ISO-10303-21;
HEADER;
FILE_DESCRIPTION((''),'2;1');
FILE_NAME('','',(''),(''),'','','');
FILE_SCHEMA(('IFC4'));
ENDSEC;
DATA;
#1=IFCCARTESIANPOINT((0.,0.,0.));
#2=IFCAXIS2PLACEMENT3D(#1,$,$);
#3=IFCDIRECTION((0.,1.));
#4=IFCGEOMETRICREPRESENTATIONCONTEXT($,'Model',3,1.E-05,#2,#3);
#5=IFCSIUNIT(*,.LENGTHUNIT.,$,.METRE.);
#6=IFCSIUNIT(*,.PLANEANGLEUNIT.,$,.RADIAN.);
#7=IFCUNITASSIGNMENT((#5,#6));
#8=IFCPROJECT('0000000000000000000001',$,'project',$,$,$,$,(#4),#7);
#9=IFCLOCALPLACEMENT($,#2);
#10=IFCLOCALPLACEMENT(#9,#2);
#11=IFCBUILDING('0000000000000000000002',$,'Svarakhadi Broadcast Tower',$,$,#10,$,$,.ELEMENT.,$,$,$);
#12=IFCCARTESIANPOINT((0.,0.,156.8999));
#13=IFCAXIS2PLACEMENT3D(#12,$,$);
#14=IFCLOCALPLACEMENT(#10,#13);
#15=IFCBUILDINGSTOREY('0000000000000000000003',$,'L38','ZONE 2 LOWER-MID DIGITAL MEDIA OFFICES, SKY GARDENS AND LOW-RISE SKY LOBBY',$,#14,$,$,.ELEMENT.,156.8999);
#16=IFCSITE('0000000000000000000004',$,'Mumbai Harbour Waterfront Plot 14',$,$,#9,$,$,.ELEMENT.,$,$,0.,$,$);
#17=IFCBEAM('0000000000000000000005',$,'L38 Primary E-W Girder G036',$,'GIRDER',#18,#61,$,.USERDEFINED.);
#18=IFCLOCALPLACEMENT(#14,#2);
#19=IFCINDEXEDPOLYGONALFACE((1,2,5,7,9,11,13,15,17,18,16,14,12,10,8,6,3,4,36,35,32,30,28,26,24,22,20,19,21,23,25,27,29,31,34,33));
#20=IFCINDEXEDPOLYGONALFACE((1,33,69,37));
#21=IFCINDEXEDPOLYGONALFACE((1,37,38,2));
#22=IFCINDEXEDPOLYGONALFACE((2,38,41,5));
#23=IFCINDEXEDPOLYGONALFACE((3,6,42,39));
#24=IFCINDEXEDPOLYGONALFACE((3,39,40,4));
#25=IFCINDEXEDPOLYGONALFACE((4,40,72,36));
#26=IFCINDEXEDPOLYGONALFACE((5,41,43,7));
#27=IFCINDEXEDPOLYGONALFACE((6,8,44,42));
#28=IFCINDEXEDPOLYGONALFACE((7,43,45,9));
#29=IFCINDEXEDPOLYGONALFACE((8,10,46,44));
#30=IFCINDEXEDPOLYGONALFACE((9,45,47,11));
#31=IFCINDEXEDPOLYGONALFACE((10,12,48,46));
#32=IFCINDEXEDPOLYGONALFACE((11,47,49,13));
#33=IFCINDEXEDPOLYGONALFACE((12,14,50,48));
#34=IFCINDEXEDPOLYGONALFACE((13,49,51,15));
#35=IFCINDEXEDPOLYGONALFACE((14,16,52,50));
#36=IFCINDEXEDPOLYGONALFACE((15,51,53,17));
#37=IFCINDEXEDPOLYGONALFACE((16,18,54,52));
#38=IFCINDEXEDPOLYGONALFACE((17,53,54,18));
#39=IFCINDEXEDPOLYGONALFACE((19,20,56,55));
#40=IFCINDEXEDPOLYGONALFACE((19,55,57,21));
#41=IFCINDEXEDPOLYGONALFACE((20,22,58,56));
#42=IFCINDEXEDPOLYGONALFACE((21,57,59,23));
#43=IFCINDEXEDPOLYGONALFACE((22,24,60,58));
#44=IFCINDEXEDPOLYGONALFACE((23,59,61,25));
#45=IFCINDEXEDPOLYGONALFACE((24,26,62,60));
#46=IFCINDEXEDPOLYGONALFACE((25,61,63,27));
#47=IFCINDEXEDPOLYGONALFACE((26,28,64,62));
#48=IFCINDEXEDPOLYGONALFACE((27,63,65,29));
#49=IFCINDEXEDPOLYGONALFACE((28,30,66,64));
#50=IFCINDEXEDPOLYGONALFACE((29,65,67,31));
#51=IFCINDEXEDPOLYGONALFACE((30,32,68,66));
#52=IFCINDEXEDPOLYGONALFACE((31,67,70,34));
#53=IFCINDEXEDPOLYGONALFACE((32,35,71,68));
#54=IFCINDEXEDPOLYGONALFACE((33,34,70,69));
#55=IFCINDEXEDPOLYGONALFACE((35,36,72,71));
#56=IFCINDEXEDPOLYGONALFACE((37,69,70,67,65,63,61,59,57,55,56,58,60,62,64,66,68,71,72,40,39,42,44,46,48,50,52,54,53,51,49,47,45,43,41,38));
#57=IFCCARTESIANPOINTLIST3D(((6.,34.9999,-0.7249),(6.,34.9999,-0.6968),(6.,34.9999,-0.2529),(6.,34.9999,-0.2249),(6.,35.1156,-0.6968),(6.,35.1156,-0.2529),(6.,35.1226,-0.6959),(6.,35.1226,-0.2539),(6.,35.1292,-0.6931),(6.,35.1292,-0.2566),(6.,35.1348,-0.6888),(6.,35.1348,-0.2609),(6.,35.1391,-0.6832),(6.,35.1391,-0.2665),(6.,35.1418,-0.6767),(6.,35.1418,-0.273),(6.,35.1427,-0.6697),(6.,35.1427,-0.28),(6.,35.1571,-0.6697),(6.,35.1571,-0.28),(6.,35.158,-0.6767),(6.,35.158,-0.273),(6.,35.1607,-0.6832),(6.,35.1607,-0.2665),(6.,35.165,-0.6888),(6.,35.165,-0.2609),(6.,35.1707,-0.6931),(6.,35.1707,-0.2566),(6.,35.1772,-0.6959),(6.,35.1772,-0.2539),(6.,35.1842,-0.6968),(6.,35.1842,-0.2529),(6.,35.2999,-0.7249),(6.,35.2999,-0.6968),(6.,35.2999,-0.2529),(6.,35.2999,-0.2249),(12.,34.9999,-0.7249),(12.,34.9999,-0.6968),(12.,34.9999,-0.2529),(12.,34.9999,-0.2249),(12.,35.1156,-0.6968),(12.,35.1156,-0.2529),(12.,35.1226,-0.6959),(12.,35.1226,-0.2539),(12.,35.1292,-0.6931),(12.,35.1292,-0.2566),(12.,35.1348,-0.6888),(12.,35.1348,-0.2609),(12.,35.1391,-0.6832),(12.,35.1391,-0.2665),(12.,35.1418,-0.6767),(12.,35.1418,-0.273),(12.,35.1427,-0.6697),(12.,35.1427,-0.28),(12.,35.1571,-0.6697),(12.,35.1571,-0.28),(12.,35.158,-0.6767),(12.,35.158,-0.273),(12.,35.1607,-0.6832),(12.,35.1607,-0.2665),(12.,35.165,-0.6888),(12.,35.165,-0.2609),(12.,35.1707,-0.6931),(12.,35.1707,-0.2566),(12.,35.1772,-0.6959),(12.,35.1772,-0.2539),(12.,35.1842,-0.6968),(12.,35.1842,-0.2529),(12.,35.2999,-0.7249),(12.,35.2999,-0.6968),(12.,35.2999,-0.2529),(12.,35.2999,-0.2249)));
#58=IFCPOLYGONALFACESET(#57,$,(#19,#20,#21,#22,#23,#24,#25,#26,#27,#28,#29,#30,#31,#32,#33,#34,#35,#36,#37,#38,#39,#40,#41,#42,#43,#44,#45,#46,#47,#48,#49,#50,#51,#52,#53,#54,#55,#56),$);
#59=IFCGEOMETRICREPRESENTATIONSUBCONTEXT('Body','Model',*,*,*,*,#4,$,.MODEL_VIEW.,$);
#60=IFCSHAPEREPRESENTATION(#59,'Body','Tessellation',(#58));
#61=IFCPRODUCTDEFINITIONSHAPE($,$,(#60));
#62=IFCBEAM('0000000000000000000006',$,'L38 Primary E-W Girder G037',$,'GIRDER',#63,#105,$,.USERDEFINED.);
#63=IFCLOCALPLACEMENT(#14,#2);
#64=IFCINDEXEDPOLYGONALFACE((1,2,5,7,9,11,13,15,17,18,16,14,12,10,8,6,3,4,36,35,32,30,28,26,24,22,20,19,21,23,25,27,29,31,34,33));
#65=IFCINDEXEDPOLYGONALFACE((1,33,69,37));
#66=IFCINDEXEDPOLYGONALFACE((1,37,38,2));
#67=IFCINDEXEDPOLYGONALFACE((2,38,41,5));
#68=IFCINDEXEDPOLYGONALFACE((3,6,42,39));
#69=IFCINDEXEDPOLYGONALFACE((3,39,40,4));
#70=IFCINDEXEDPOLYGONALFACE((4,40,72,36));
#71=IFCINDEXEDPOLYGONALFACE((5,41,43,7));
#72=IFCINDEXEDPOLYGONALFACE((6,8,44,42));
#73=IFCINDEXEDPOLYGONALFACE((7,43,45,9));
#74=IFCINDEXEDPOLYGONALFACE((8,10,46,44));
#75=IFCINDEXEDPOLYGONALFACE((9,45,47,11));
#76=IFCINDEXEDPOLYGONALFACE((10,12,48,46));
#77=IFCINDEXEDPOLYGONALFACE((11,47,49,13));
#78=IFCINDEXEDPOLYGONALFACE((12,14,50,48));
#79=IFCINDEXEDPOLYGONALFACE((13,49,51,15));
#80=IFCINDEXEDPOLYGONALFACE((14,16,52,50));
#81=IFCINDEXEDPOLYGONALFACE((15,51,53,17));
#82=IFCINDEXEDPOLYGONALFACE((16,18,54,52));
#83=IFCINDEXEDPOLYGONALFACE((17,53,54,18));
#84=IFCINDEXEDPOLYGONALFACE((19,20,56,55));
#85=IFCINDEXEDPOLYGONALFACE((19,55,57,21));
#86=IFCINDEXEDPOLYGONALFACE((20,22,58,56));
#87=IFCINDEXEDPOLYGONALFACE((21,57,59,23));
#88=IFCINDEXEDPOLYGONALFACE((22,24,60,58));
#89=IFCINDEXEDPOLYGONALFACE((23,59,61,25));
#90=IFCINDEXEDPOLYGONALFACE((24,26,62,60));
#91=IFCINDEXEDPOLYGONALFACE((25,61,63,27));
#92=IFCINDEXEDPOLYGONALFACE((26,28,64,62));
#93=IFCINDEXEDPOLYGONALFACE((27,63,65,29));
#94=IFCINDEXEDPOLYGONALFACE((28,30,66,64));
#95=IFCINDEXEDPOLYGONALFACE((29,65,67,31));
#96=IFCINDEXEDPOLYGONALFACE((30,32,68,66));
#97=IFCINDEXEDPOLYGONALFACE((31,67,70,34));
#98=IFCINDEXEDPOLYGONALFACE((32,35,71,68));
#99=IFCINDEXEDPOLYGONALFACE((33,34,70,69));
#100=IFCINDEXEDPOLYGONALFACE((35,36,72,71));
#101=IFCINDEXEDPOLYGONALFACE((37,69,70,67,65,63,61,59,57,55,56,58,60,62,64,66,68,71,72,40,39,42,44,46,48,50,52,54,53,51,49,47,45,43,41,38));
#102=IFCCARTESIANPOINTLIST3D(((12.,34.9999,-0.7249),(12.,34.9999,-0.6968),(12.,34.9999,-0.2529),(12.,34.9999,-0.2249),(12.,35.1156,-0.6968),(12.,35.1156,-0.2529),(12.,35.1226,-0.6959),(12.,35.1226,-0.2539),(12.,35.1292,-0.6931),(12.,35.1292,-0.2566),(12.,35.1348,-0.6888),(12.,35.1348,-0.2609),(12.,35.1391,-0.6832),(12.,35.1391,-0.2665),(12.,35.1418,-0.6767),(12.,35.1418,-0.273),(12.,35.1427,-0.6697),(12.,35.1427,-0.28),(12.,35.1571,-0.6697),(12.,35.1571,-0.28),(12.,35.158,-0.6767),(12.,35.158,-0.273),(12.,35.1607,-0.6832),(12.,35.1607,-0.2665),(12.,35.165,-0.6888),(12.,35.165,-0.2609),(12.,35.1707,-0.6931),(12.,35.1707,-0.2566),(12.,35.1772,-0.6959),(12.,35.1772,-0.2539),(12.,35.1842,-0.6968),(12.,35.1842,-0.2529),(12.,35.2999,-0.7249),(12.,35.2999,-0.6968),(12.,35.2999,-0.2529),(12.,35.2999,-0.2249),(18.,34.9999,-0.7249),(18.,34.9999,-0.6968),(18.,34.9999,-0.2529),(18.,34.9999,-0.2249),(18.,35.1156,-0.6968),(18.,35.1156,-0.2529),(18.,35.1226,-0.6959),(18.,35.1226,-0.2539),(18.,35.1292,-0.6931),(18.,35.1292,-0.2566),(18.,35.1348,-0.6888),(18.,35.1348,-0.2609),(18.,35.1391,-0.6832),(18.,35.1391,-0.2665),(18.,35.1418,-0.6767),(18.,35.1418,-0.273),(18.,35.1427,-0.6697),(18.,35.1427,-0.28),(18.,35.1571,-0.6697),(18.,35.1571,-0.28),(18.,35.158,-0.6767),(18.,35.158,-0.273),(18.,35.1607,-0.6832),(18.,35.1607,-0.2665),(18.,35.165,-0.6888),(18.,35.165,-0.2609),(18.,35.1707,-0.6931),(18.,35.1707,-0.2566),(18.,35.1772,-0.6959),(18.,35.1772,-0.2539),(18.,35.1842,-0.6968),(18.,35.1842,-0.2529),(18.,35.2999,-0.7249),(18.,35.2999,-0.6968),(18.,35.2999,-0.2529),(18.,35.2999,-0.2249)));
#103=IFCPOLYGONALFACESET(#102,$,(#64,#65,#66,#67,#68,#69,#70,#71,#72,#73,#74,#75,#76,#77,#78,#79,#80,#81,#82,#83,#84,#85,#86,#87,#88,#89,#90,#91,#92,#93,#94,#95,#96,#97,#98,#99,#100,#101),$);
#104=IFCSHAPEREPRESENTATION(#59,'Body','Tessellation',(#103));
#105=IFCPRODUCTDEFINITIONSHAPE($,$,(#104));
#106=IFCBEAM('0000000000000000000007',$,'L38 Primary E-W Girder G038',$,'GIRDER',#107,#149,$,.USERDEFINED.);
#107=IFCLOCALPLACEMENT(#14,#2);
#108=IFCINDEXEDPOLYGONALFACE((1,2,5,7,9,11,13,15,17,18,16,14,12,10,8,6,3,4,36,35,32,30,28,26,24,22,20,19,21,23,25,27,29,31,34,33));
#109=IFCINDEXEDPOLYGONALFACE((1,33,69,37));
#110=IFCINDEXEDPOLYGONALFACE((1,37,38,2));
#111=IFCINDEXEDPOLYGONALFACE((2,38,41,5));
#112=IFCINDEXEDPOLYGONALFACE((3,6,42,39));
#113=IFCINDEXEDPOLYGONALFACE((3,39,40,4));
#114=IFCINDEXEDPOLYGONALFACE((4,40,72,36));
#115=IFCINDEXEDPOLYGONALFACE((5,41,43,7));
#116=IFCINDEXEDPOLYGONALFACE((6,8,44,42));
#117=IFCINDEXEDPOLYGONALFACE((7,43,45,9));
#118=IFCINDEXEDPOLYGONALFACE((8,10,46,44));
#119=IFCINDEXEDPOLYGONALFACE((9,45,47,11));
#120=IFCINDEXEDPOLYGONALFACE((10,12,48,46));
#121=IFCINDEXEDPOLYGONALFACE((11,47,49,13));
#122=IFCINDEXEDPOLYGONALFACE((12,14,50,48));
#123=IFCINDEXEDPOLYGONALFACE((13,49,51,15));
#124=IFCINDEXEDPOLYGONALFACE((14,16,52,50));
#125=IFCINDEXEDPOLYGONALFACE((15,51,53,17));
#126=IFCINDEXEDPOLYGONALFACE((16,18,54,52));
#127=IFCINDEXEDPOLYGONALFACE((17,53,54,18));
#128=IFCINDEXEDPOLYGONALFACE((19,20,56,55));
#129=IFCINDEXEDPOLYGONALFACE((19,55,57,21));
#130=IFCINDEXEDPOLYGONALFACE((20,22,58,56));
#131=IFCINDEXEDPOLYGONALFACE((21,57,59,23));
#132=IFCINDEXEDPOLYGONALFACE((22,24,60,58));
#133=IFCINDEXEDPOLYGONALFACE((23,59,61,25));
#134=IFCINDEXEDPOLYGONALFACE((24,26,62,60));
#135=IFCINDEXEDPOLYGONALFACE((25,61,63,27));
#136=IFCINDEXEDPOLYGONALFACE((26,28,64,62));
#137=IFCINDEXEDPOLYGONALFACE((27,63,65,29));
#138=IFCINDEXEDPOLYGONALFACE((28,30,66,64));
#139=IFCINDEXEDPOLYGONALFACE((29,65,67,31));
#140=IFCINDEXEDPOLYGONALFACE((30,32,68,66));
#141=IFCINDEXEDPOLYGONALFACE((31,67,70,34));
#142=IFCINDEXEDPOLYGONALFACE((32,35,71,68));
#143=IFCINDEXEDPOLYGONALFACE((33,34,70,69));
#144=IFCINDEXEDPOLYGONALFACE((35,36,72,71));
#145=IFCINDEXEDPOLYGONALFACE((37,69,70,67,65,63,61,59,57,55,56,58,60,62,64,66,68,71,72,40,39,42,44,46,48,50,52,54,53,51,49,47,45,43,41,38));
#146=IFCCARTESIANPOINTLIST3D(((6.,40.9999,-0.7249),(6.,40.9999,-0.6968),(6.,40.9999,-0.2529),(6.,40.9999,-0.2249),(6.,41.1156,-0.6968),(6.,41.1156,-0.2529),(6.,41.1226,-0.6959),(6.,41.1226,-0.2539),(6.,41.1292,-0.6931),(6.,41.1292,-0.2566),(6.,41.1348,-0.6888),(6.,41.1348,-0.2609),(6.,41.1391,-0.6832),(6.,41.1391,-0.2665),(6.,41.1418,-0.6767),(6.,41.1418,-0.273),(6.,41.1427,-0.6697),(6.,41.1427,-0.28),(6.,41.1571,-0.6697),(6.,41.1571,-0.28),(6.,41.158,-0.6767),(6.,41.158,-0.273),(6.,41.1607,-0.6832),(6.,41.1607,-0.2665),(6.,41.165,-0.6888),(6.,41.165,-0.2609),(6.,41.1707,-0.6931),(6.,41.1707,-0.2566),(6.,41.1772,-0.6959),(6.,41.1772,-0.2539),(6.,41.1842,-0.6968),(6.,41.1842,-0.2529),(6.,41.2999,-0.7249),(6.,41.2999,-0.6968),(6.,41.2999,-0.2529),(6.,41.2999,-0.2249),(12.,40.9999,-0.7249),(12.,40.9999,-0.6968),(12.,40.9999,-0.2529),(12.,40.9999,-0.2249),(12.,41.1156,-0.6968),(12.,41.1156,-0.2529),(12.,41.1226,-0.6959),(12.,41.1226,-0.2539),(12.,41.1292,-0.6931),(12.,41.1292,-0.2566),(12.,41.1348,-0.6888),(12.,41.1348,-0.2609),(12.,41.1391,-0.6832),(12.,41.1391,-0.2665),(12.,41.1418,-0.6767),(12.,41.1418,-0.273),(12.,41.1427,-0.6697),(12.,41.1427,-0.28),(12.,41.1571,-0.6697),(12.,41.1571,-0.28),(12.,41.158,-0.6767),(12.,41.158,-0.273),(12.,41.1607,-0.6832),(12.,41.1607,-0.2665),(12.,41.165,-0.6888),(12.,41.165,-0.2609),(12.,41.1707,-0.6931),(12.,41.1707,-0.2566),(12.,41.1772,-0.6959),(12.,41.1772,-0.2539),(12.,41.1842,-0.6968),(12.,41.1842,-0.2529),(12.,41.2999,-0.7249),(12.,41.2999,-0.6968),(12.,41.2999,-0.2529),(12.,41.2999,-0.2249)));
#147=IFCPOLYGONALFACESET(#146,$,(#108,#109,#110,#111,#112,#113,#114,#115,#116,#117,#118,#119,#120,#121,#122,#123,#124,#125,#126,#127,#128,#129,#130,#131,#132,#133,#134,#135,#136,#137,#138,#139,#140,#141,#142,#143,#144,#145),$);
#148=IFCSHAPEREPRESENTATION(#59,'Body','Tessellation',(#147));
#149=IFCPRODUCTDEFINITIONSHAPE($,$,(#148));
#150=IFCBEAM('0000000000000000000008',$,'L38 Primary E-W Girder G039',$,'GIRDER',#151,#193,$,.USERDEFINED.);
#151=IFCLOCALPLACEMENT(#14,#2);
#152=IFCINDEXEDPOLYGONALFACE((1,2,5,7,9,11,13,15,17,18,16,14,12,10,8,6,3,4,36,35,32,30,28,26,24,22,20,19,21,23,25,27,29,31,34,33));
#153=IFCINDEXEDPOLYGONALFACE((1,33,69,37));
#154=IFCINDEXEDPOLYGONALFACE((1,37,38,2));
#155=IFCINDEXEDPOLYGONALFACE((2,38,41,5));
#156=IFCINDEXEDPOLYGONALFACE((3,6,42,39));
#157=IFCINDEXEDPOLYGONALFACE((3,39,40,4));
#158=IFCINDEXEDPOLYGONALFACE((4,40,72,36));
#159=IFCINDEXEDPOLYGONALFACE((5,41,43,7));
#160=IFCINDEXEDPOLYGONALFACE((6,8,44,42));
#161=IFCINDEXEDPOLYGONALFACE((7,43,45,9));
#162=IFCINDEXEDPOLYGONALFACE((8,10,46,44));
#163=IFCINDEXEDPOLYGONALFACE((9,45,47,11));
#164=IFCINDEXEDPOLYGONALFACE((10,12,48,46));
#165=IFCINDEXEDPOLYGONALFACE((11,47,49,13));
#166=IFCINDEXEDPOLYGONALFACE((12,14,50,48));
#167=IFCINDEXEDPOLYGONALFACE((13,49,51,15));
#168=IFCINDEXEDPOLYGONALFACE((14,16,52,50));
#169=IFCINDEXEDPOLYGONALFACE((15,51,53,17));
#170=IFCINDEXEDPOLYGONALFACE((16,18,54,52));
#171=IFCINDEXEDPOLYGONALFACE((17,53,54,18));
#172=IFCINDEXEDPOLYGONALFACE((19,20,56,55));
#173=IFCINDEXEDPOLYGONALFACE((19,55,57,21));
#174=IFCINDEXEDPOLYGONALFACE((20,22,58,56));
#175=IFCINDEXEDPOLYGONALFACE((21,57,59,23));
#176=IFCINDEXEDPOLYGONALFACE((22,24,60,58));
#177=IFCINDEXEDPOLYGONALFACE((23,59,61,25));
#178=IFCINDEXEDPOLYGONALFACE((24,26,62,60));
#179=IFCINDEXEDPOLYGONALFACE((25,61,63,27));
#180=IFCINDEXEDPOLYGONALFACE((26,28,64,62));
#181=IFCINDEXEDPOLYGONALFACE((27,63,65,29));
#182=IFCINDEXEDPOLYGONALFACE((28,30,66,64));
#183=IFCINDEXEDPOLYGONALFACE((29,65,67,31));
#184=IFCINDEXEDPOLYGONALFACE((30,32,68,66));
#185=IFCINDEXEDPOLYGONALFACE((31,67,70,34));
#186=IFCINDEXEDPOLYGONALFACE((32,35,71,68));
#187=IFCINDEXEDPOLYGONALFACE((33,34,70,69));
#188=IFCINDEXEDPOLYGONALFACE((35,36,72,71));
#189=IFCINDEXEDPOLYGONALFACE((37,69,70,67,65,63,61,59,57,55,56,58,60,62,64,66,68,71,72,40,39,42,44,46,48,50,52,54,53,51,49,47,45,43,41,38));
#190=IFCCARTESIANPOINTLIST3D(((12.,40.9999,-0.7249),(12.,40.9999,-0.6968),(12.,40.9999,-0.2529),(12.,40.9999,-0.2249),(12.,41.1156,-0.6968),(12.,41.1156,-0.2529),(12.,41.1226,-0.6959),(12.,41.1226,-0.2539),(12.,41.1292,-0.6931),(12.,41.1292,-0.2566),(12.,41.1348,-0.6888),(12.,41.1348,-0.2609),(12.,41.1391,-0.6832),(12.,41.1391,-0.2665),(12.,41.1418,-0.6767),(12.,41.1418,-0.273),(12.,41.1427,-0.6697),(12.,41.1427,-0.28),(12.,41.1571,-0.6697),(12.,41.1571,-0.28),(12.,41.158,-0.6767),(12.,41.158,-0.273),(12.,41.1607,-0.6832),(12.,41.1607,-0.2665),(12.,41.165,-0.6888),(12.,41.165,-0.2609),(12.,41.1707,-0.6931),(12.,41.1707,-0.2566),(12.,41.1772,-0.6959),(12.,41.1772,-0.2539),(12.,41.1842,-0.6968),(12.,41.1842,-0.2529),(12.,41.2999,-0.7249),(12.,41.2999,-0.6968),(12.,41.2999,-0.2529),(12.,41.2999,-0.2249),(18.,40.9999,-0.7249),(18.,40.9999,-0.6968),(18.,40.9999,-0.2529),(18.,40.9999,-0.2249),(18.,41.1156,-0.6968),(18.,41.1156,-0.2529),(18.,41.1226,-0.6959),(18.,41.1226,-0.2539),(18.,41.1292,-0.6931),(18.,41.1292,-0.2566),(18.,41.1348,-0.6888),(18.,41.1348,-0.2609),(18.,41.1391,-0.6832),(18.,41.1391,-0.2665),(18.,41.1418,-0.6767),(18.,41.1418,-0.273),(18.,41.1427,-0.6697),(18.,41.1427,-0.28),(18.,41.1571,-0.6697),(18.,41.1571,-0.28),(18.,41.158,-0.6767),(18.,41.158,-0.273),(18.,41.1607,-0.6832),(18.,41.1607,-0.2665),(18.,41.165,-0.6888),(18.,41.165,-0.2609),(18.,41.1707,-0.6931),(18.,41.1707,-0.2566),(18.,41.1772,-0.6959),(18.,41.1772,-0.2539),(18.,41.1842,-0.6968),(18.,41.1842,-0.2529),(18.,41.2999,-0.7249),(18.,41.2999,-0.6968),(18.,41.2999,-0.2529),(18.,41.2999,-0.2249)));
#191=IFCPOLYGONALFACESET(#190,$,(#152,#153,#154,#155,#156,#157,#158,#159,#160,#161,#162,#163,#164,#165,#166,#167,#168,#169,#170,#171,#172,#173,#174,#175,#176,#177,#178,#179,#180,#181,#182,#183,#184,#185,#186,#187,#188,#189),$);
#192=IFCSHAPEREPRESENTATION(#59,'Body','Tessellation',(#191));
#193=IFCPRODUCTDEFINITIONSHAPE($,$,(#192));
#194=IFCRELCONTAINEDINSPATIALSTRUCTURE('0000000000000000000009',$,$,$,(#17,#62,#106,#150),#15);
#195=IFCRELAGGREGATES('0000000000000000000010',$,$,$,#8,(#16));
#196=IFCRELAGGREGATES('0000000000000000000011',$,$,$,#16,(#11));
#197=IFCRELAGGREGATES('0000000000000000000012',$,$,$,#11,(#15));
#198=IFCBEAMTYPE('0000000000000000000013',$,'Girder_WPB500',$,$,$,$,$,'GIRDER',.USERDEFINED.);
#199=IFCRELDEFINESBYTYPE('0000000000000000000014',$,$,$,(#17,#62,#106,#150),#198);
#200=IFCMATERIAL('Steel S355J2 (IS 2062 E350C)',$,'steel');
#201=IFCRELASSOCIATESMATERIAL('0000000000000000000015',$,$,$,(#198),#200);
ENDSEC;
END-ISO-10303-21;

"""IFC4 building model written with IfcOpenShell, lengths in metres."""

from ifc_helpers import new_model, si_unit, direction, frame, origin, origin_2d, place, context, subcontext, project, spatial, i_section, extrude, material, material_profile, profile_set, type_object, element, save


model = new_model("IFC4")

# Units and contexts
model_context = context("Model", 3, precision=1e-05, world=origin(), true_north=direction((0.0, 1.0)))
body_context = subcontext(model_context, "Body", "Model", "MODEL_VIEW")
ifc_project = project(units=[si_unit("LENGTHUNIT", "METRE"), si_unit("PLANEANGLEUNIT", "RADIAN")], contexts=[model_context])

# Site, building, storey
site_placement = place(None, origin())
site = spatial("IfcSite", under=ifc_project, at=site_placement, Name="Mumbai Harbour Waterfront Plot 14", CompositionType="ELEMENT", RefElevation=0.0)
building_placement = place(site_placement, origin())
building = spatial("IfcBuilding", under=site, at=building_placement, Name="Svarakhadi Broadcast Tower", CompositionType="ELEMENT")
storey_placement = place(building_placement, frame((0.0, 0.0, 156.8999)))
storey = spatial("IfcBuildingStorey", under=building, at=storey_placement, Name="L38", Description="ZONE 2 LOWER-MID DIGITAL MEDIA OFFICES, SKY GARDENS AND LOW-RISE SKY LOBBY", CompositionType="ELEMENT", Elevation=156.8999)

# Shared definitions
ifc_material_1 = material(Name="Steel S355J2 (IS 2062 E350C)", Category="steel")

# Beams
ifc_material_profile_1 = material_profile(ifc_material_1, i_section(OverallWidth=0.3, OverallDepth=0.5, WebThickness=0.0144, FlangeThickness=0.0281, FilletRadius=0.0271, at=origin_2d()), Name="WPB 500x300x187")
ifc_profile_set_1 = profile_set([ifc_material_profile_1], Name="Steel S355J2 (IS 2062 E350C)")
beam_type_1 = type_object("IfcBeamType", Name="Girder_WPB500", ElementType="GIRDER", PredefinedType="USERDEFINED", material=ifc_profile_set_1)
for number, where, z_axis, x_axis, name in (
    (1, (6.0, 35.1499, -0.4749), (1.0, 0.0, 0.0), (0.0, 1.0, 0.0), "L38 Primary E-W Girder G036"),
    (2, (12.0, 35.1499, -0.4749), (1.0, 0.0, 0.0), (0.0, 1.0, 0.0), "L38 Primary E-W Girder G037"),
    (3, (6.0, 41.1499, -0.4749), (1.0, 0.0, 0.0), (0.0, 1.0, 0.0), "L38 Primary E-W Girder G038"),
    (4, (12.0, 41.1499, -0.4749), (1.0, 0.0, 0.0), (0.0, 1.0, 0.0), "L38 Primary E-W Girder G039"),
):
    element("IfcBeam", number, at=place(storey_placement, frame(where, z_axis=z_axis, x_axis=x_axis)), inside=storey, type_object=beam_type_1, Name=name, ObjectType="GIRDER", PredefinedType="USERDEFINED", context=body_context, shape_type="SweptSolid", body=[
        extrude(i_section(OverallWidth=0.3, OverallDepth=0.5, WebThickness=0.0144, FlangeThickness=0.0281, FilletRadius=0.0271, at=origin_2d()), origin(), (0.0, 0.0, 1.0), 6.0),
    ])

save(model, "model.ifc")
